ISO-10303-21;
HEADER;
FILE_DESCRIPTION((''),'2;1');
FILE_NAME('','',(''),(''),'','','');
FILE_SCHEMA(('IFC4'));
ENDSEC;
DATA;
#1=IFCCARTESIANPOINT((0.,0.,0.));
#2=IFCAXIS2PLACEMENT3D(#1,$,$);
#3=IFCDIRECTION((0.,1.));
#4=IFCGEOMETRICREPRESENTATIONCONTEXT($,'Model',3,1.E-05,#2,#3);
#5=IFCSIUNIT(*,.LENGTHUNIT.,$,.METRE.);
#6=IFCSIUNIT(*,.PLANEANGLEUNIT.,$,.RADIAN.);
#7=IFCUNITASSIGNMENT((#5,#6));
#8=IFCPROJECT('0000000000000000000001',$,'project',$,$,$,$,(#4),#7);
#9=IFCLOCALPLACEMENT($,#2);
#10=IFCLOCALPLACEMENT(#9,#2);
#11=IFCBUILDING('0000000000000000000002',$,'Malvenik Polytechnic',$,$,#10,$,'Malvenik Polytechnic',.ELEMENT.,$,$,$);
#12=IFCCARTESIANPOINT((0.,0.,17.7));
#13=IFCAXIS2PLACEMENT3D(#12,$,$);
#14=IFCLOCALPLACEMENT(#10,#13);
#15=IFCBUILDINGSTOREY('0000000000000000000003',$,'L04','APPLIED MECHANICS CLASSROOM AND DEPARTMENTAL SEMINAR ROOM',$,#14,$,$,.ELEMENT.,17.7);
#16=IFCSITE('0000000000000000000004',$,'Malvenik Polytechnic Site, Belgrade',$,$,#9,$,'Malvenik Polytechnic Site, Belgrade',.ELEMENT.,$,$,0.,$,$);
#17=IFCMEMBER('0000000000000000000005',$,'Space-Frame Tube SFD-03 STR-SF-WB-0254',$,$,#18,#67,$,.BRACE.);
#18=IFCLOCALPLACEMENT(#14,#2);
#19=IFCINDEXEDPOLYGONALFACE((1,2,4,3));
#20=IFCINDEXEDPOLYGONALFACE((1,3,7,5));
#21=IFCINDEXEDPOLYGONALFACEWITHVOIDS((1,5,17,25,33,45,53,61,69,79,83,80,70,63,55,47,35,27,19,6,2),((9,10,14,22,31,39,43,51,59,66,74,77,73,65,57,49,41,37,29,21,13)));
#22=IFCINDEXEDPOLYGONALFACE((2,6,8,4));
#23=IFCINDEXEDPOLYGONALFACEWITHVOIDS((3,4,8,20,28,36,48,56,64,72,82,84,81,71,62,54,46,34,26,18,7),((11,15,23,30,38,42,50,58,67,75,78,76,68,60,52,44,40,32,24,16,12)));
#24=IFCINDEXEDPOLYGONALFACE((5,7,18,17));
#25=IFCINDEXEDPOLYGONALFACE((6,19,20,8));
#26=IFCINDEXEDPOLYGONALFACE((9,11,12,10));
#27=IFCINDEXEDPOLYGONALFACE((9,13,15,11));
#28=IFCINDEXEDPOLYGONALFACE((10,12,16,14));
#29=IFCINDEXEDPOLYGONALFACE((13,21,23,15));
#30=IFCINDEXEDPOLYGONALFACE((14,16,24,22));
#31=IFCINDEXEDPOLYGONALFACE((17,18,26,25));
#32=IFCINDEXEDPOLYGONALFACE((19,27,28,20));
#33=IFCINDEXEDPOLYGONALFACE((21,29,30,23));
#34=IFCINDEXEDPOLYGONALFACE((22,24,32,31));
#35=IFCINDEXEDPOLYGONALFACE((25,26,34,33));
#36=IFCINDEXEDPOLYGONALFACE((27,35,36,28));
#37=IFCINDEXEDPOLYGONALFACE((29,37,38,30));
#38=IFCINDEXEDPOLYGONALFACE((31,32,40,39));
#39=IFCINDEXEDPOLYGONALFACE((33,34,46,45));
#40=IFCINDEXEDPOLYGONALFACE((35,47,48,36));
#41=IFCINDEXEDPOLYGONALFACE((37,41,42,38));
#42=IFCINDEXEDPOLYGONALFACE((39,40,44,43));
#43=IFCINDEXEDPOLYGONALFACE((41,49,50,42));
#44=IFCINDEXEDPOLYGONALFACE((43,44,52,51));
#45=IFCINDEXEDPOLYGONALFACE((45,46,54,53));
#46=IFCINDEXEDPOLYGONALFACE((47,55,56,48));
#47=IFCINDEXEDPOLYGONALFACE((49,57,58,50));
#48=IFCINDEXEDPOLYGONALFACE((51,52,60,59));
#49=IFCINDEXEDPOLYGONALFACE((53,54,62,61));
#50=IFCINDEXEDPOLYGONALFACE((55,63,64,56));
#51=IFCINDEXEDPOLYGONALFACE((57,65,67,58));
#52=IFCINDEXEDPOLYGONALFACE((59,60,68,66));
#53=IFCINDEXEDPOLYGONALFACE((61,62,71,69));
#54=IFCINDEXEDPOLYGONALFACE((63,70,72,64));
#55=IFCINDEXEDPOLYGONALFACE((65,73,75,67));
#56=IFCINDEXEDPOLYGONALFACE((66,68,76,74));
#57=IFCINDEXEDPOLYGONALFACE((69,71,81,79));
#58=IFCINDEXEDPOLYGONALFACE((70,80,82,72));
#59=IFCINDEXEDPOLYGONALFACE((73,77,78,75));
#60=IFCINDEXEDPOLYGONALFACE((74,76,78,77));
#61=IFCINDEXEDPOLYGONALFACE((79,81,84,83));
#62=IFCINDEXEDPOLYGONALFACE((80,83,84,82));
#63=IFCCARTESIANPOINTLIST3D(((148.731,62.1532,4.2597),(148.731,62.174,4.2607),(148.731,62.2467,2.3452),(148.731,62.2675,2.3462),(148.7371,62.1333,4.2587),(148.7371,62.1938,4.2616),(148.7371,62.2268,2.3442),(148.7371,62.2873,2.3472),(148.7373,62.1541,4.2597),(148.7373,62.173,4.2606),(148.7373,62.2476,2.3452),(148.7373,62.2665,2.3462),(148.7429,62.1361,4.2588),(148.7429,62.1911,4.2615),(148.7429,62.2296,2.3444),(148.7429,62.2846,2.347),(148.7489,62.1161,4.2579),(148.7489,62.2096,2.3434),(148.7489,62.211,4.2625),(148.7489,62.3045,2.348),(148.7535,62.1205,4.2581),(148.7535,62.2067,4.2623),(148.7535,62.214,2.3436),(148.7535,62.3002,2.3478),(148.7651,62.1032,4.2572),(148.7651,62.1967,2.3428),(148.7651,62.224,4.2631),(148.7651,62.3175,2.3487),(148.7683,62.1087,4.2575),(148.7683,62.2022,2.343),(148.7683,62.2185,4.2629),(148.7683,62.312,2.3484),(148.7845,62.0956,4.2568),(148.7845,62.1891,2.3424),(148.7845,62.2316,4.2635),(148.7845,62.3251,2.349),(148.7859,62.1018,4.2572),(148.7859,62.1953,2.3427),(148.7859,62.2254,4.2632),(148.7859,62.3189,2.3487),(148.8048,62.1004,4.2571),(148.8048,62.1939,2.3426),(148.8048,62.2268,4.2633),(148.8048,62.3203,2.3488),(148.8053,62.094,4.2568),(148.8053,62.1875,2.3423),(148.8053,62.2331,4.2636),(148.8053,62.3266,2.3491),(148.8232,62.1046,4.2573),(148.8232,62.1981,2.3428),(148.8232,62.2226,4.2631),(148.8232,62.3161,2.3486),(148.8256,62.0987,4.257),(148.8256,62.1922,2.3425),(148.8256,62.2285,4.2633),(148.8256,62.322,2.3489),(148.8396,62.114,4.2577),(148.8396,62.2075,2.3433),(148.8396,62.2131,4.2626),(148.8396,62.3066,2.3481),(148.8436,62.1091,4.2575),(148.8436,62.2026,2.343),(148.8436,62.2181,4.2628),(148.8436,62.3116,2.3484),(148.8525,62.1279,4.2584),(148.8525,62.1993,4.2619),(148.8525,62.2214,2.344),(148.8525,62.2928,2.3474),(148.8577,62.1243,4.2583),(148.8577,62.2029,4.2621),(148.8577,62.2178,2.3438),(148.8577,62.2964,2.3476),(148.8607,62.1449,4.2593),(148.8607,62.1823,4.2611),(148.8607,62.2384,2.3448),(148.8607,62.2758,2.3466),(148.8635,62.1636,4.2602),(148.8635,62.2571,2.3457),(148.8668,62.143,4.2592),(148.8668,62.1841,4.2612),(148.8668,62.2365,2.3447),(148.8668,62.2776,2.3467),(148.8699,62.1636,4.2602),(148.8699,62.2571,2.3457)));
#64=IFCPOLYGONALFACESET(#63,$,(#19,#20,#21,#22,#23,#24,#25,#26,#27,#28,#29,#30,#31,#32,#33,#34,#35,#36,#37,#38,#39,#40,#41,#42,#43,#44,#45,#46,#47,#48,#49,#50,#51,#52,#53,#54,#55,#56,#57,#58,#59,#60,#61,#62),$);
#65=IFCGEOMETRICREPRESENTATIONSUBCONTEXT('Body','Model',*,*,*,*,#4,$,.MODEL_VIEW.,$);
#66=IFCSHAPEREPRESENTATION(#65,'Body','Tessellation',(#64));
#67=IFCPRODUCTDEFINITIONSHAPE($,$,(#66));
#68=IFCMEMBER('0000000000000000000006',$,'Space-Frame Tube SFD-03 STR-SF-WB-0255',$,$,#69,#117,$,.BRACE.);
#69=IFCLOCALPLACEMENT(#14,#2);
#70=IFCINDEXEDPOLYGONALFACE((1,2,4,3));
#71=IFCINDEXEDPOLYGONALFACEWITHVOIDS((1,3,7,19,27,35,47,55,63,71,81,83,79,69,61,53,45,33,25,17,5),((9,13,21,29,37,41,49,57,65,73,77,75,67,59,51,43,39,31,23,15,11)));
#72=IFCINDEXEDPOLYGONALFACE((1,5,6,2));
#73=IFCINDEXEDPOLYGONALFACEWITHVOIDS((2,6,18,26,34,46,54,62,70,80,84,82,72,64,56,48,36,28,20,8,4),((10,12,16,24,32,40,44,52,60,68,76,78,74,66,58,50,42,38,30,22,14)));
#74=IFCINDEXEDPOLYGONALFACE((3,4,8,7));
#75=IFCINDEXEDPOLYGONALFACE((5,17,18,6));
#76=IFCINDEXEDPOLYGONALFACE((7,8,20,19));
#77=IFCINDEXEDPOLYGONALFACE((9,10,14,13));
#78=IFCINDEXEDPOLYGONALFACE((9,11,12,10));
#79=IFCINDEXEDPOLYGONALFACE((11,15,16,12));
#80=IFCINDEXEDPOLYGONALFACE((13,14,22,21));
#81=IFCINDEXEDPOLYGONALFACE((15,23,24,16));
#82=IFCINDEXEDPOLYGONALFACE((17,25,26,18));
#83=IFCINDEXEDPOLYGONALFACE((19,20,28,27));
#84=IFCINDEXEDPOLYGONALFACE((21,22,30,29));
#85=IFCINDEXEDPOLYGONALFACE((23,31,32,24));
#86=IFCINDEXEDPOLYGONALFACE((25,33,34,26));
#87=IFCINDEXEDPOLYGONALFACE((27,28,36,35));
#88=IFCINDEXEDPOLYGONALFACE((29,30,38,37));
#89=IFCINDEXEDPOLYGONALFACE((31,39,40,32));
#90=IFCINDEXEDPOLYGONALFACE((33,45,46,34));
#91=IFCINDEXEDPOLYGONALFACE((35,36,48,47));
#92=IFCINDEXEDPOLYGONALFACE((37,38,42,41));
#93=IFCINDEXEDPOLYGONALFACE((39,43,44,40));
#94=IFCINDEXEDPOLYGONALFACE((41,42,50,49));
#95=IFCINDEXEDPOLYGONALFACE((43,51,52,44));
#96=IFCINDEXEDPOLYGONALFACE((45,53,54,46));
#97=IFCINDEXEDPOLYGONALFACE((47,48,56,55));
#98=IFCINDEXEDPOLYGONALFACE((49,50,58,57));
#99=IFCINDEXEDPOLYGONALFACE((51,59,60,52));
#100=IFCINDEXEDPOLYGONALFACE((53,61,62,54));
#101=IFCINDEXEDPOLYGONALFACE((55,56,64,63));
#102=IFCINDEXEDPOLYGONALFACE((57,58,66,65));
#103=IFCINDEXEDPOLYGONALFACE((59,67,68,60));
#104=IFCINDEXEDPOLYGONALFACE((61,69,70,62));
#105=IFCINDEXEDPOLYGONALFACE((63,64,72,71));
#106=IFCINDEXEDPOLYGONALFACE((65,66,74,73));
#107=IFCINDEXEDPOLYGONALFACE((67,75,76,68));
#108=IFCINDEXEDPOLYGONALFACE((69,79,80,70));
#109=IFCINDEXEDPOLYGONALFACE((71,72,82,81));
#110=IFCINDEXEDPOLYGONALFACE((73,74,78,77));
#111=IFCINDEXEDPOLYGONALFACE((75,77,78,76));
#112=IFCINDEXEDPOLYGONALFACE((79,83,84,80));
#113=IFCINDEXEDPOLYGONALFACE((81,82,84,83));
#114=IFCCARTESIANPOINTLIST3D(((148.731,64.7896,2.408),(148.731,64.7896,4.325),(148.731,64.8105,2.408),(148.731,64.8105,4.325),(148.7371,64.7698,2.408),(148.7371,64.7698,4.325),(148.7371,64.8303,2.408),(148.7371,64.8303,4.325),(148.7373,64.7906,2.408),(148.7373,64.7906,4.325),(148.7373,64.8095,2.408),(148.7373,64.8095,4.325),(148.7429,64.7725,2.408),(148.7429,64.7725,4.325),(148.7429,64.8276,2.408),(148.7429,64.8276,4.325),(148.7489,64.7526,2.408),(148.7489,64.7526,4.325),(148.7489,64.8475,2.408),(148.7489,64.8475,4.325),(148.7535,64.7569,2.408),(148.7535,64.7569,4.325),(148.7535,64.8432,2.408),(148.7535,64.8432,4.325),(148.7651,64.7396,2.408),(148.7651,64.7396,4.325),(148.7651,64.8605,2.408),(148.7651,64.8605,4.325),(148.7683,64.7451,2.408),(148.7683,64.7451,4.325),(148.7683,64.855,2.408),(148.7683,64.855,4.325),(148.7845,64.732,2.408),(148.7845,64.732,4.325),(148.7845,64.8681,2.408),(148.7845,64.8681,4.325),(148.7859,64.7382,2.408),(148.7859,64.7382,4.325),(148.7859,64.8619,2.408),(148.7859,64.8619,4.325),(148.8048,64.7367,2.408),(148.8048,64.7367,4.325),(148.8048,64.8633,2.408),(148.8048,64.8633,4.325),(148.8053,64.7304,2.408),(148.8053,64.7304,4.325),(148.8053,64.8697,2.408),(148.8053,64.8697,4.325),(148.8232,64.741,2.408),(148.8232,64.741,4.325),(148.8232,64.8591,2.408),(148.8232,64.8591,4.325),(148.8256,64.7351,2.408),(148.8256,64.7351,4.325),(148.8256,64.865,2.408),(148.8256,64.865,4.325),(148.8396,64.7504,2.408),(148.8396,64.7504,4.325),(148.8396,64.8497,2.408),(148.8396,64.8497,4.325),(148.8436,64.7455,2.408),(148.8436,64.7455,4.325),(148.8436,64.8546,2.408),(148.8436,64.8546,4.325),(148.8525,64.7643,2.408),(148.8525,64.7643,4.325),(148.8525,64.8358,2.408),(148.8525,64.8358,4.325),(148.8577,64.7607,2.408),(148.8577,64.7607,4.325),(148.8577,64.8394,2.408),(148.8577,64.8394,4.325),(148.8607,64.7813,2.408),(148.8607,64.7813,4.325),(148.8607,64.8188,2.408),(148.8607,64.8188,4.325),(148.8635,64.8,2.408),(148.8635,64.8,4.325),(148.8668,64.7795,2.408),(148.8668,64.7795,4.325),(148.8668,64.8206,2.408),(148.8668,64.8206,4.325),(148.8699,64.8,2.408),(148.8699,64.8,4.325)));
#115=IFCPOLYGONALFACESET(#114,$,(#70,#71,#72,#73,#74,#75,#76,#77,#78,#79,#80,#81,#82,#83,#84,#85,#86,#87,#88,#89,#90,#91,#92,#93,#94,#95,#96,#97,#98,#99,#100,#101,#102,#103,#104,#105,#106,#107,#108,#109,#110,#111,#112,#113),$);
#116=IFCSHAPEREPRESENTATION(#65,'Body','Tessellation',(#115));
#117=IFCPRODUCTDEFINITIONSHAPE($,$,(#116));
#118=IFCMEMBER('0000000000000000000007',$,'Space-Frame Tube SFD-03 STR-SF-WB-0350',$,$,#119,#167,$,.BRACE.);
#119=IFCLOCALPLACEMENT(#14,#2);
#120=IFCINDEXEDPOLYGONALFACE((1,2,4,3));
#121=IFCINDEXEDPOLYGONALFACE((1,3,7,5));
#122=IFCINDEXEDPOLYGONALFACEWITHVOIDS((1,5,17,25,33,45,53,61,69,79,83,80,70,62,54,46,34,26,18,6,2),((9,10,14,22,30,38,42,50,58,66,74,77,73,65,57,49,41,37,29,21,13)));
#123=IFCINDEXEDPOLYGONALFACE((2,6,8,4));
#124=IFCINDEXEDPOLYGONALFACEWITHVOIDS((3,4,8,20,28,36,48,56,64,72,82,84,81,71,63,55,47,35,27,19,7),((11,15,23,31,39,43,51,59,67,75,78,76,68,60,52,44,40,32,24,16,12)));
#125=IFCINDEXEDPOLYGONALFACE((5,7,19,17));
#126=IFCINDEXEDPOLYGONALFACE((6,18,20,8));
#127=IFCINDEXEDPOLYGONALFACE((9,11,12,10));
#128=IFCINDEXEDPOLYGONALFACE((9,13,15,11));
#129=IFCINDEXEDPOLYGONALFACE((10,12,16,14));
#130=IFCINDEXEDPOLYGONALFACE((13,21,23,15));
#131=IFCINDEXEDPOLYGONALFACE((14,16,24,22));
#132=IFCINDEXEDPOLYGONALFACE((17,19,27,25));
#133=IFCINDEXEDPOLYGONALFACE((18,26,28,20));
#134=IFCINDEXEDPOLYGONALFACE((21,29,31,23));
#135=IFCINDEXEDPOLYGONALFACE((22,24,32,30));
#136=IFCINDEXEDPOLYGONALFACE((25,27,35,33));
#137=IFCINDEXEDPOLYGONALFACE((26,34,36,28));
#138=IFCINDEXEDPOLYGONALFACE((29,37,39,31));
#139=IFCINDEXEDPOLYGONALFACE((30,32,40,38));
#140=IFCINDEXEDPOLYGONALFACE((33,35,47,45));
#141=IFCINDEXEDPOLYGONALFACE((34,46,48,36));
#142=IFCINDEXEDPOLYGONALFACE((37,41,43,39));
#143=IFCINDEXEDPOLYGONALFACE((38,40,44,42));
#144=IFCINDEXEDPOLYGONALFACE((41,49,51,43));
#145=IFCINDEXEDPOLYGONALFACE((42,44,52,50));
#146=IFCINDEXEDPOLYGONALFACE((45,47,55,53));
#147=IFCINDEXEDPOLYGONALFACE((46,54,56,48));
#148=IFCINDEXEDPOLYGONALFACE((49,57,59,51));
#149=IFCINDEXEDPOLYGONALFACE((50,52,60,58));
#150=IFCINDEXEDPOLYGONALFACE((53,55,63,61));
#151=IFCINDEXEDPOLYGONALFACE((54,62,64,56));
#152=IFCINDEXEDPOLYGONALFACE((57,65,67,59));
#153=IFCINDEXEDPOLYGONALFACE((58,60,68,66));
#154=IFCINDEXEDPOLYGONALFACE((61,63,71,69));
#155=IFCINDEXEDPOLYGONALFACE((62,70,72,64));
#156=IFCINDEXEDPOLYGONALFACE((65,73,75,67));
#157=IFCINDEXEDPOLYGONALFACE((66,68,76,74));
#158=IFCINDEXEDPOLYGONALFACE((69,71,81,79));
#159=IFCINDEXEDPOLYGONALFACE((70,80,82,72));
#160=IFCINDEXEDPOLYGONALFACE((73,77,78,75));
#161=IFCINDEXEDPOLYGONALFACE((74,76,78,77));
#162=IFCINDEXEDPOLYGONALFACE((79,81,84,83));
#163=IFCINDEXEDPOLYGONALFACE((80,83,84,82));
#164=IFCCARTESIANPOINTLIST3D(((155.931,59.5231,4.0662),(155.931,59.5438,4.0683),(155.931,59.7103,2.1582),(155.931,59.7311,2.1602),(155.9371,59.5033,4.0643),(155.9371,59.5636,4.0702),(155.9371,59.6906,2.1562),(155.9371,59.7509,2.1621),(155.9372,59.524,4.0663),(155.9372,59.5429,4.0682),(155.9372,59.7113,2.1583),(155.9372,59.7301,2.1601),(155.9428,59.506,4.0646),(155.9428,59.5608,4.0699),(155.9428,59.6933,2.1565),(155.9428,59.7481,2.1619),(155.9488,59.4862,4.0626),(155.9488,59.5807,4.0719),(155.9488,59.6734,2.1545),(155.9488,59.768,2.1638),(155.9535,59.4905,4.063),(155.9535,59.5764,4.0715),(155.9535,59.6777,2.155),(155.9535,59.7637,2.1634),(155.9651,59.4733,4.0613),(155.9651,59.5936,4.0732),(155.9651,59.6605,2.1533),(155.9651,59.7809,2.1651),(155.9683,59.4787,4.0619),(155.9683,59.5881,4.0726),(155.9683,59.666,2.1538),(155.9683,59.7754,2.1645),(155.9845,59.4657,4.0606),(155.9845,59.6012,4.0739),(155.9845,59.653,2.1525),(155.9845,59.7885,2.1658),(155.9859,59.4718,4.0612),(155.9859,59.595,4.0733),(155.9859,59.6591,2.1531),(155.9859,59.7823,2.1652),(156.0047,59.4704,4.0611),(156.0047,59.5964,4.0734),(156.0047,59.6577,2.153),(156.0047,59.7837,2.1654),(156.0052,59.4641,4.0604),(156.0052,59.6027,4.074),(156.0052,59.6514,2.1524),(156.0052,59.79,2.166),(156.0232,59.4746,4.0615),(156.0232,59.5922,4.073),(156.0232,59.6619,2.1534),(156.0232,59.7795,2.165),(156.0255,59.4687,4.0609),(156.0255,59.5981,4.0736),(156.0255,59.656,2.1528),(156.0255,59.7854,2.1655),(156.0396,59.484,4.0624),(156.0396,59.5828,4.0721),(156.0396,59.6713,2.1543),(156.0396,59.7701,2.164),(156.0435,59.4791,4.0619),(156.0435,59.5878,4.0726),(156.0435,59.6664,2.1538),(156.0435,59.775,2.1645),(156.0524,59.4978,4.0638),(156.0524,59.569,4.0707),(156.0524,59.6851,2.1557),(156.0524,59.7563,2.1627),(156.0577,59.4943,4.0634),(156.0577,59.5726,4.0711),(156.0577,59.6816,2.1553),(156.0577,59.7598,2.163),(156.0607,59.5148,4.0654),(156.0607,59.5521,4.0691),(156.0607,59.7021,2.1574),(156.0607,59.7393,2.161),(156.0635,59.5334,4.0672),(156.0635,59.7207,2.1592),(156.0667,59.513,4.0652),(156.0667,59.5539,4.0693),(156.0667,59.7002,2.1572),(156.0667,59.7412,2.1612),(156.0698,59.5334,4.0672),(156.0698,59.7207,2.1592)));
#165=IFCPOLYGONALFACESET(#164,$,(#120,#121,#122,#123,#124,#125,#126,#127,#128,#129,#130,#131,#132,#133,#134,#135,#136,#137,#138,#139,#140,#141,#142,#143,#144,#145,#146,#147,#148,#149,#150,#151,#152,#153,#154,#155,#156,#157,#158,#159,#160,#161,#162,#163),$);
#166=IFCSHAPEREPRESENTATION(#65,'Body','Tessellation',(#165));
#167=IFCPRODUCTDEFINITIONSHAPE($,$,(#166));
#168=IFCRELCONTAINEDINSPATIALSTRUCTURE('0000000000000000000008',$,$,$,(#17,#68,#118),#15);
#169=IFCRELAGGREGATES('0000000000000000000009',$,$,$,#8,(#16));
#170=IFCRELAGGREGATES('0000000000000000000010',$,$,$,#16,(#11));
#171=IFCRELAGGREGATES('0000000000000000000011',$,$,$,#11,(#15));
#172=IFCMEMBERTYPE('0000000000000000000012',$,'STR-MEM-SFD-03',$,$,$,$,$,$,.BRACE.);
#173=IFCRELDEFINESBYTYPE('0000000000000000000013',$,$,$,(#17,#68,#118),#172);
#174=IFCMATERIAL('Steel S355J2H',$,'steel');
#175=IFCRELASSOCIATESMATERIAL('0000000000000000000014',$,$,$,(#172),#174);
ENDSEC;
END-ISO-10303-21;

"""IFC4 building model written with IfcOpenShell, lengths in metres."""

from ifc_helpers import new_model, si_unit, direction, frame, origin, origin_2d, place, context, subcontext, project, spatial, hollow_circle, extrude, material, material_profile, profile_set, type_object, element, save


model = new_model("IFC4")

# Units and contexts
model_context = context("Model", 3, precision=1e-05, world=origin(), true_north=direction((0.0, 1.0)))
body_context = subcontext(model_context, "Body", "Model", "MODEL_VIEW")
ifc_project = project(units=[si_unit("LENGTHUNIT", "METRE"), si_unit("PLANEANGLEUNIT", "RADIAN")], contexts=[model_context])

# Site, building, storey
site_placement = place(None, origin())
site = spatial("IfcSite", under=ifc_project, at=site_placement, Name="Malvenik Polytechnic Site, Belgrade", LongName="Malvenik Polytechnic Site, Belgrade", CompositionType="ELEMENT", RefElevation=0.0)
building_placement = place(site_placement, origin())
building = spatial("IfcBuilding", under=site, at=building_placement, Name="Malvenik Polytechnic", LongName="Malvenik Polytechnic", CompositionType="ELEMENT")
storey_placement = place(building_placement, frame((0.0, 0.0, 17.7)))
storey = spatial("IfcBuildingStorey", under=building, at=storey_placement, Name="L04", Description="APPLIED MECHANICS CLASSROOM AND DEPARTMENTAL SEMINAR ROOM", CompositionType="ELEMENT", Elevation=17.7)

# Members
ifc_material = material(Name="Steel S355J2H", Category="steel")
ifc_material_profile_1 = material_profile(ifc_material, hollow_circle(Radius=0.0698, WallThickness=0.0063, at=origin_2d()), Name="CHS 139.7x6.3")
ifc_profile_set_1 = profile_set([ifc_material_profile_1], Name="Steel S355J2H")
member_type_1 = type_object("IfcMemberType", Name="STR-MEM-SFD-03", PredefinedType="BRACE", material=ifc_profile_set_1)
member_1_placement = place(storey_placement, frame((148.8, 62.2571, 2.3457), z_axis=(0.0, -0.048781, 0.998809), x_axis=(1.0, 0.0, 0.0)))
element("IfcMember", 1, at=member_1_placement, inside=storey, type_object=member_type_1, Name="Space-Frame Tube SFD-03 STR-SF-WB-0254", PredefinedType="BRACE", context=body_context, shape_type="SweptSolid", body=[
    extrude(hollow_circle(Radius=0.0698, WallThickness=0.0063, at=origin_2d()), origin(), (0.0, 0.0, 1.0), 1.9167),
])
member_2_placement = place(storey_placement, frame((148.8, 64.8, 2.408), z_axis=(0.0, 0.0, 1.0), x_axis=(1.0, 0.0, 0.0)))
element("IfcMember", 2, at=member_2_placement, inside=storey, type_object=member_type_1, Name="Space-Frame Tube SFD-03 STR-SF-WB-0255", PredefinedType="BRACE", context=body_context, shape_type="SweptSolid", body=[
    extrude(hollow_circle(Radius=0.0698, WallThickness=0.0063, at=origin_2d()), origin(), (0.0, 0.0, 1.0), 1.917),
])
member_3_placement = place(storey_placement, frame((156.0, 59.7207, 2.1592), z_axis=(0.0, -0.097675, 0.995218), x_axis=(1.0, 0.0, 0.0)))
element("IfcMember", 3, at=member_3_placement, inside=storey, type_object=member_type_1, Name="Space-Frame Tube SFD-03 STR-SF-WB-0350", PredefinedType="BRACE", context=body_context, shape_type="SweptSolid", body=[
    extrude(hollow_circle(Radius=0.0698, WallThickness=0.0063, at=origin_2d()), origin(), (0.0, 0.0, 1.0), 1.9172),
])

save(model, "model.ifc")
